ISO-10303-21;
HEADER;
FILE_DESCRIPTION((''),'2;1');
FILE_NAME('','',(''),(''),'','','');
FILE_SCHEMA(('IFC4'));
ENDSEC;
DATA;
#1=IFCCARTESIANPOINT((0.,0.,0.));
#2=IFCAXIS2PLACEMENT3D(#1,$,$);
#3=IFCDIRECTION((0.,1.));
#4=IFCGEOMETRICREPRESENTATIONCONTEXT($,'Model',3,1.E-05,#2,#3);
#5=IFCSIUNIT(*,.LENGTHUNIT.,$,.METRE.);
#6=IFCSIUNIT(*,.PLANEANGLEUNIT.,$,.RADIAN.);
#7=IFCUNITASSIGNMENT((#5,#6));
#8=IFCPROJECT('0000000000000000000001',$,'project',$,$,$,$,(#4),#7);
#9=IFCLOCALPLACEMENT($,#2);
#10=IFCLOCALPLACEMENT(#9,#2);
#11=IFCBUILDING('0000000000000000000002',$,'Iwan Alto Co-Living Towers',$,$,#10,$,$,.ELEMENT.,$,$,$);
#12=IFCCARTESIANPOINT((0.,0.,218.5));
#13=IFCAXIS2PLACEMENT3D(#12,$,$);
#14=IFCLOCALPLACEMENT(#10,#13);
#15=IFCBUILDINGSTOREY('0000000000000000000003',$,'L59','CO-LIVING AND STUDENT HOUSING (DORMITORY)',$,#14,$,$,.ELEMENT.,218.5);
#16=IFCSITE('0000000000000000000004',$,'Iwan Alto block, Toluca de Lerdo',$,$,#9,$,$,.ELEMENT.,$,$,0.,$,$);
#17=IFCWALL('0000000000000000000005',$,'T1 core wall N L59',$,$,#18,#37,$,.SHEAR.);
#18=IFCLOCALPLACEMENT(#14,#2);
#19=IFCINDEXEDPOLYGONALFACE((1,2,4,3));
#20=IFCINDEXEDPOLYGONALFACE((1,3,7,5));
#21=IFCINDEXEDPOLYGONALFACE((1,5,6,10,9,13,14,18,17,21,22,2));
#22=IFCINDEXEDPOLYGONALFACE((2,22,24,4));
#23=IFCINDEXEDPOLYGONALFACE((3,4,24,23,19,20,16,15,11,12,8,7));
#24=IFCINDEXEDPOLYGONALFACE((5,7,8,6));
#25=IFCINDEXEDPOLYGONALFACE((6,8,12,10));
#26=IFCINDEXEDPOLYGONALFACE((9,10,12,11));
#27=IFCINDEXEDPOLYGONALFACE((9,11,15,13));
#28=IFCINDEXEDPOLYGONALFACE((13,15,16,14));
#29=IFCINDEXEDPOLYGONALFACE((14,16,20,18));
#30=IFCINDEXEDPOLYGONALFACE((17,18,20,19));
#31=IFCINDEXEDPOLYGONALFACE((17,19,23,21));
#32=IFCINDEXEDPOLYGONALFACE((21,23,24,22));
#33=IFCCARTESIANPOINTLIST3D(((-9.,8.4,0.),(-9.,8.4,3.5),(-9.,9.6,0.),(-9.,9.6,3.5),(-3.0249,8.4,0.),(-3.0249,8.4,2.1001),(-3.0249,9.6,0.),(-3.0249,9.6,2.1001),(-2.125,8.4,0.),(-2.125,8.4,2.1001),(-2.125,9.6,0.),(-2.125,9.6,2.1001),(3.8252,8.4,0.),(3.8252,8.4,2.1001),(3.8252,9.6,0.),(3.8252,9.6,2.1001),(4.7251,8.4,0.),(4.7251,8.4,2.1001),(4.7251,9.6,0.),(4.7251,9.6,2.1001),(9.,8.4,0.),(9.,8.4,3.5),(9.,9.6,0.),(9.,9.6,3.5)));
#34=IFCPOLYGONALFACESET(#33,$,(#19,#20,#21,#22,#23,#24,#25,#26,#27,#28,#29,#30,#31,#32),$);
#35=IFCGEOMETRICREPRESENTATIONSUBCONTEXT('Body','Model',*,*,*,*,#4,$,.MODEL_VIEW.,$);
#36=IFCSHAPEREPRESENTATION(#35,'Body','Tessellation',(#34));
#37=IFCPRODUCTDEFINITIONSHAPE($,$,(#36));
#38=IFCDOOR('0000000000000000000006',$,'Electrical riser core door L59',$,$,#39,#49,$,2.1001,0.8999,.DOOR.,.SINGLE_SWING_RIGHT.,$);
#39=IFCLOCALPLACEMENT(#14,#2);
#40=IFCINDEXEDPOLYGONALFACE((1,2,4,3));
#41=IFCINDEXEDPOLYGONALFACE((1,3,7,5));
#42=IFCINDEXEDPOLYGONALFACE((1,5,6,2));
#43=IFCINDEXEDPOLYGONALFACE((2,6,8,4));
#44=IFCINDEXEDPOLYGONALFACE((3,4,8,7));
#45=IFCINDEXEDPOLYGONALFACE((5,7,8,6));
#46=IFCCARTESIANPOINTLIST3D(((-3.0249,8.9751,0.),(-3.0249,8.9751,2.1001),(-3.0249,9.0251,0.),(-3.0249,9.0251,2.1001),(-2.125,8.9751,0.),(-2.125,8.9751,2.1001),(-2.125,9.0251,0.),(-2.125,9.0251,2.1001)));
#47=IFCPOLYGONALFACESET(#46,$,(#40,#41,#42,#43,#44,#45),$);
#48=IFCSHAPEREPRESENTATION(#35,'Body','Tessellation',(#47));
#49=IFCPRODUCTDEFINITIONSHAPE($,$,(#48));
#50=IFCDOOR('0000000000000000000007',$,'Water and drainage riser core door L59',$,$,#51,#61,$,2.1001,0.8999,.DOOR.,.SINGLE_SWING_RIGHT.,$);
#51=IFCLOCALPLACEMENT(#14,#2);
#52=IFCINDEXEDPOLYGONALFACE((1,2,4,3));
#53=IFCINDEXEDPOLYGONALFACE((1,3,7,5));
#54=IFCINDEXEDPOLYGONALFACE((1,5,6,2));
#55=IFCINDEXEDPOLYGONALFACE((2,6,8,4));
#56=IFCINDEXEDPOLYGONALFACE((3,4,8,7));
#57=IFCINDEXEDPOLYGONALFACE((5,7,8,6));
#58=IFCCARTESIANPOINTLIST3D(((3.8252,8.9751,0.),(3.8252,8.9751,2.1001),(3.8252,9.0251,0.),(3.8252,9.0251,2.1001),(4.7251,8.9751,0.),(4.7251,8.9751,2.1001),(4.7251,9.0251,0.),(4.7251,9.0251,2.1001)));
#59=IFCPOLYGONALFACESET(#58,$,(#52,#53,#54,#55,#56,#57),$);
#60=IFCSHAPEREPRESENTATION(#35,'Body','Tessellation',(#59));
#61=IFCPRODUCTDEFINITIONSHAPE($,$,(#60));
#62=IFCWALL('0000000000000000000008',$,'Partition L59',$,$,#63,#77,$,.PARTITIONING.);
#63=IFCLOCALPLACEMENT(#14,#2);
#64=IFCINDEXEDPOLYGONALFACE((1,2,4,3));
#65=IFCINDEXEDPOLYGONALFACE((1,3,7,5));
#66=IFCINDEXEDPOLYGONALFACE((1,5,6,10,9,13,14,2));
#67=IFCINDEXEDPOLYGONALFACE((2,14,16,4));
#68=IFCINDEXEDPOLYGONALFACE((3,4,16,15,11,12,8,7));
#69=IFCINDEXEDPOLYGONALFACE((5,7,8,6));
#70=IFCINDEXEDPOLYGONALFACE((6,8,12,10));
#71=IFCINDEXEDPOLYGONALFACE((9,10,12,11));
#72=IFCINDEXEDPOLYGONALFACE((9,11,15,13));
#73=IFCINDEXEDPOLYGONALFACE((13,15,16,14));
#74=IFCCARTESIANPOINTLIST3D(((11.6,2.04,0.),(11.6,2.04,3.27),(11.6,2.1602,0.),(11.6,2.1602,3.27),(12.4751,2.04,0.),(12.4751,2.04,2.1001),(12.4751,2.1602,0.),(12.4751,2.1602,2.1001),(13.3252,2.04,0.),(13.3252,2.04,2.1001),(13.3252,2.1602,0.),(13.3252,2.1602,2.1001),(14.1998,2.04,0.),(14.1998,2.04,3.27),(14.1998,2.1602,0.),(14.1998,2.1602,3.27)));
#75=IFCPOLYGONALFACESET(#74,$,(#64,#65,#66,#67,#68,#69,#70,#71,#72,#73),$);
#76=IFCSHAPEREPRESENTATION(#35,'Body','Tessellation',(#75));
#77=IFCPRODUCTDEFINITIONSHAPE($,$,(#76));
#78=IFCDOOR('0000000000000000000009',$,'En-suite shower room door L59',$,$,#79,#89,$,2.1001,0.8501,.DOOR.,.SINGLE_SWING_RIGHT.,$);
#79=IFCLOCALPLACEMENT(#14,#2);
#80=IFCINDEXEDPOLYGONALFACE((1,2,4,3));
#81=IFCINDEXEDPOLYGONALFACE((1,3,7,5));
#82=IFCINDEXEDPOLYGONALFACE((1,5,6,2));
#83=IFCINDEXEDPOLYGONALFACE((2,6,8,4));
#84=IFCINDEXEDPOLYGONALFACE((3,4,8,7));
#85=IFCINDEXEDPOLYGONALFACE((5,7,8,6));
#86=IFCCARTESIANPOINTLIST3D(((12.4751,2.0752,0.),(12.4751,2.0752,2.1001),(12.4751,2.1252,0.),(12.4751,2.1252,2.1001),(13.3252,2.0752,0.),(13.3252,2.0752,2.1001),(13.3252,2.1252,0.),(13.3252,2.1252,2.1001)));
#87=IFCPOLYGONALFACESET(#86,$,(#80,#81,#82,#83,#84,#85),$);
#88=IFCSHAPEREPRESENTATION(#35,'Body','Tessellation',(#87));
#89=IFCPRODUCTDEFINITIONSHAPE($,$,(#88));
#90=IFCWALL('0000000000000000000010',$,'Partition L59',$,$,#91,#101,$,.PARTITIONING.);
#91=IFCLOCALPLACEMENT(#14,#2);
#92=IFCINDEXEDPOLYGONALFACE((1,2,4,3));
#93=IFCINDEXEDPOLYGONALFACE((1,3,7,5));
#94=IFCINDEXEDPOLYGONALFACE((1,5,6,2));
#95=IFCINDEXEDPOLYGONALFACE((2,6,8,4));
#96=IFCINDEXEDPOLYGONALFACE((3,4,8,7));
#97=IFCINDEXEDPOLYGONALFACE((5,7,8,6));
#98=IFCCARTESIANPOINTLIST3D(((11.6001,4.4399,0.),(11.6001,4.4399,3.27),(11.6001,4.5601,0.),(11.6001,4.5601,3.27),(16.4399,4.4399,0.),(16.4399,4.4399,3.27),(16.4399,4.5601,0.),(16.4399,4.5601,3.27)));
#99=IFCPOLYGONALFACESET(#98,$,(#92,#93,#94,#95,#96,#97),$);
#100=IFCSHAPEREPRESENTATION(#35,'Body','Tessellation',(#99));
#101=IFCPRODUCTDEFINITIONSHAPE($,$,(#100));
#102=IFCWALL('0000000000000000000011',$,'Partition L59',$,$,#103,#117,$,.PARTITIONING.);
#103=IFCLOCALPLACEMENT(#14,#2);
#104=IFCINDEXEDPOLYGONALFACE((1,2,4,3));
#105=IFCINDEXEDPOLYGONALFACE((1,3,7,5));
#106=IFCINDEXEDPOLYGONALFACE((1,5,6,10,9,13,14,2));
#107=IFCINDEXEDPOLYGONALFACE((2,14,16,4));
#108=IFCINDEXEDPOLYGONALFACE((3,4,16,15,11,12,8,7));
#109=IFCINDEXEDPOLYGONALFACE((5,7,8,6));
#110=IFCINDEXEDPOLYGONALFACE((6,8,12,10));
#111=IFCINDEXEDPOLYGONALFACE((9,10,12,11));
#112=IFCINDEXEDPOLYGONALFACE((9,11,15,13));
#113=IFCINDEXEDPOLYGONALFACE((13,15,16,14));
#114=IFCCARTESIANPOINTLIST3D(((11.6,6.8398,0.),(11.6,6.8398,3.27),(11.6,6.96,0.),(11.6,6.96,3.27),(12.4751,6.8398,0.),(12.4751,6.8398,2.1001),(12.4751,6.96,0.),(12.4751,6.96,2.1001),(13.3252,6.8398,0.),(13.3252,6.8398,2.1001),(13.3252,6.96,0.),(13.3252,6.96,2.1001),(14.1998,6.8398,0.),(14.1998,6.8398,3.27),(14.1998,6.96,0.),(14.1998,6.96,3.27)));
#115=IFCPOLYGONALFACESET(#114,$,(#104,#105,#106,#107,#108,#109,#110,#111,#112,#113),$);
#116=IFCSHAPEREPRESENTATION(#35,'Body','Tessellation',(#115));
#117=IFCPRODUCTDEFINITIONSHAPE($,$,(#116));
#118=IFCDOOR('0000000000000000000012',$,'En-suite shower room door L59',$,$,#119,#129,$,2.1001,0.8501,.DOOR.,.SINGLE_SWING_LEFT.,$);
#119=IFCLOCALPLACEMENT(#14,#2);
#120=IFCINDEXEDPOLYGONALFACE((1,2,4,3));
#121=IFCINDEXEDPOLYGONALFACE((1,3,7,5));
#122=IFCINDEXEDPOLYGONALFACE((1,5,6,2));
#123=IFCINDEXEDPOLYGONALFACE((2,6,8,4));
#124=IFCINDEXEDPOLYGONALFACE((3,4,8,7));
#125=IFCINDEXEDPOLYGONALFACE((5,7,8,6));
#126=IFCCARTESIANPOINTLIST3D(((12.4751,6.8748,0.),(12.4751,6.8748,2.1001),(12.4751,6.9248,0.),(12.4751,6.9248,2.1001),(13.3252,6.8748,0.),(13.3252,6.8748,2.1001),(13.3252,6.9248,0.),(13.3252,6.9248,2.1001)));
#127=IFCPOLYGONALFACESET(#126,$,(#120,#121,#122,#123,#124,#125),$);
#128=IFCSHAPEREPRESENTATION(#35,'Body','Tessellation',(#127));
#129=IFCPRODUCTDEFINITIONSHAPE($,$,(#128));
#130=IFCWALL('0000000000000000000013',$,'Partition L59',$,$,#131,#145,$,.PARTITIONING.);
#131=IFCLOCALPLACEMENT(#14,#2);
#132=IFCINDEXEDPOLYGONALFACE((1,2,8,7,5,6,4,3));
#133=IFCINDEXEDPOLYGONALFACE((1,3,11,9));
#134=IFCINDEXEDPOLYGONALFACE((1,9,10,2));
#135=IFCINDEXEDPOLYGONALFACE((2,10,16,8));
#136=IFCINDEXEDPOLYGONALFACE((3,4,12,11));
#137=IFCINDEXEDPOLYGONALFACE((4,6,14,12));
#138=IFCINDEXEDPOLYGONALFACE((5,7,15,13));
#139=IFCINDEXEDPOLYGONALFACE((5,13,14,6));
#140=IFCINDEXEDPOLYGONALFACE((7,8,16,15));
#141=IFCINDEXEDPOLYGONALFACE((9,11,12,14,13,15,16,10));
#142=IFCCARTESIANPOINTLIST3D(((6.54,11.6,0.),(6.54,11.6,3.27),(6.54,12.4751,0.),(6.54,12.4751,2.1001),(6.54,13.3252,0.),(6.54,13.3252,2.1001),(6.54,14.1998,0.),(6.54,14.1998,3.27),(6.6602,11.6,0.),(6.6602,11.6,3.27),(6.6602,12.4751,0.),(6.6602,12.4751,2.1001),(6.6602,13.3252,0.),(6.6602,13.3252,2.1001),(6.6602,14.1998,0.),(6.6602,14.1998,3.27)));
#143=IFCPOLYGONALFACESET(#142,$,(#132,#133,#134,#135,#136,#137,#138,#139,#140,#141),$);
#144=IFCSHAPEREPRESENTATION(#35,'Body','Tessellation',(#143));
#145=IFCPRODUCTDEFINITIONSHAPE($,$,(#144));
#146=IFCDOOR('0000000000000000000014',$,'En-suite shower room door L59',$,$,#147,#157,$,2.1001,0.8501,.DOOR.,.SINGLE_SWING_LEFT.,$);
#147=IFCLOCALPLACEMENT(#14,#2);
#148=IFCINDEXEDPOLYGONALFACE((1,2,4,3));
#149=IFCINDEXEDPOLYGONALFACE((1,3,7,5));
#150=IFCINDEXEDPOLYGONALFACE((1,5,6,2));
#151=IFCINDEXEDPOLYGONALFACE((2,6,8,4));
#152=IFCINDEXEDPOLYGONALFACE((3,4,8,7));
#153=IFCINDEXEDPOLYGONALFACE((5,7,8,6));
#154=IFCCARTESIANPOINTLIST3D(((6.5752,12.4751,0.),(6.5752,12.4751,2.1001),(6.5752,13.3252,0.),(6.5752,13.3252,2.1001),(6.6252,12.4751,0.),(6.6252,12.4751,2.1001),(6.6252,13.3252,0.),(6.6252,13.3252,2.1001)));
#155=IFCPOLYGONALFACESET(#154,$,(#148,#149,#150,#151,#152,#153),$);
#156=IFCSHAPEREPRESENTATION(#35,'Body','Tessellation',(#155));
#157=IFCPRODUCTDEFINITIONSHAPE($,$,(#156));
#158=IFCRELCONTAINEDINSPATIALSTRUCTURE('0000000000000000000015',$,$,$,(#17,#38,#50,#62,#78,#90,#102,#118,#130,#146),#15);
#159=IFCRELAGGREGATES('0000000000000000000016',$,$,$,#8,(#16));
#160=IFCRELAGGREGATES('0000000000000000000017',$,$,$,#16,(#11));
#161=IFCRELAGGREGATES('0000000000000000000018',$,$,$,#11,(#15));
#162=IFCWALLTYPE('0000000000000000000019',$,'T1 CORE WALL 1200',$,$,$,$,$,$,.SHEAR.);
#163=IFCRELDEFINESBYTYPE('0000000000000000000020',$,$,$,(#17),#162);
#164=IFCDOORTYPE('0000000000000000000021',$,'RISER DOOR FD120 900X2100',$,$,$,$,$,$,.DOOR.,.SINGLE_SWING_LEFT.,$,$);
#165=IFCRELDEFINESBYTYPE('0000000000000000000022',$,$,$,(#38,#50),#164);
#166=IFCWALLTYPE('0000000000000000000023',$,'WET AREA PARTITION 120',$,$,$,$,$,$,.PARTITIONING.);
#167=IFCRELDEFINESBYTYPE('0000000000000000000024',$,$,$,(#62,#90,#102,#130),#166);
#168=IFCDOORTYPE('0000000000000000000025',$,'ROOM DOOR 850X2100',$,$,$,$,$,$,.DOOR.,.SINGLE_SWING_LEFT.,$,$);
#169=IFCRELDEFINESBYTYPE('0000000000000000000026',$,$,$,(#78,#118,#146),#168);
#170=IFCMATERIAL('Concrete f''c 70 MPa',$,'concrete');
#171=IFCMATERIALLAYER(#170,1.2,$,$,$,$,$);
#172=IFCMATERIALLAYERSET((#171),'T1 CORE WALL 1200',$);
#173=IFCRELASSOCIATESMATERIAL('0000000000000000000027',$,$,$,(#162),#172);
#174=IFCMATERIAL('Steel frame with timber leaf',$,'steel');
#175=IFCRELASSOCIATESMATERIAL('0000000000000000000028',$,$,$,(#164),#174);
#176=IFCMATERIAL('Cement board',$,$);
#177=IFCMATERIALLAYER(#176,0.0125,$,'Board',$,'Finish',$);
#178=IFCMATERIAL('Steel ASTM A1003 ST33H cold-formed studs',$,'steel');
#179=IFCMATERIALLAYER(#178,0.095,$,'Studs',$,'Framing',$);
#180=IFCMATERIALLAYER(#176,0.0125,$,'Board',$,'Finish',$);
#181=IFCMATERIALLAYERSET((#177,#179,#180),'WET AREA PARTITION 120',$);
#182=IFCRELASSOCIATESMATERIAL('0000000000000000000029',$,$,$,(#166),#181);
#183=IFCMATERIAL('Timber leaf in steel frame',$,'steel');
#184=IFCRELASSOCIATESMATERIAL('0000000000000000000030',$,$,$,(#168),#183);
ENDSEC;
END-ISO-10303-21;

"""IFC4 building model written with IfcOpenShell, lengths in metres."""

from ifc_helpers import new_model, si_unit, direction, frame, frame_2d, origin, place, context, subcontext, project, spatial, rectangle, extrude, material, layer, layer_set, type_object, element, fill, save


model = new_model("IFC4")

# Units and contexts
model_context = context("Model", 3, precision=1e-05, world=origin(), true_north=direction((0.0, 1.0)))
body_context = subcontext(model_context, "Body", "Model", "MODEL_VIEW")
ifc_project = project(units=[si_unit("LENGTHUNIT", "METRE"), si_unit("PLANEANGLEUNIT", "RADIAN")], contexts=[model_context])

# Site, building, storey
site_placement = place(None, origin())
site = spatial("IfcSite", under=ifc_project, at=site_placement, Name="Iwan Alto block, Toluca de Lerdo", CompositionType="ELEMENT", RefElevation=0.0)
building_placement = place(site_placement, origin())
building = spatial("IfcBuilding", under=site, at=building_placement, Name="Iwan Alto Co-Living Towers", CompositionType="ELEMENT")
storey_placement = place(building_placement, frame((0.0, 0.0, 218.5)))
storey = spatial("IfcBuildingStorey", under=building, at=storey_placement, Name="L59", Description="CO-LIVING AND STUDENT HOUSING (DORMITORY)", CompositionType="ELEMENT", Elevation=218.5)

# Shared definitions
ifc_material_1 = material(Name="Steel ASTM A1003 ST33H cold-formed studs", Category="steel")

# Wall, openings, doors
ifc_material_2 = material(Name="Concrete f'c 70 MPa", Category="concrete")
ifc_layer_1 = layer(ifc_material_2, 1.2)
ifc_layer_set_1 = layer_set([ifc_layer_1], Name="T1 CORE WALL 1200")
wall_type_1 = type_object("IfcWallType", Name="T1 CORE WALL 1200", PredefinedType="SHEAR", material=ifc_layer_set_1)
wall_1_placement = place(storey_placement, frame((9.0, 9.0, 0.0), z_axis=(0.0, 0.0, 1.0), x_axis=(-1.0, 0.0, 0.0)))
wall_1 = element("IfcWall", 1, at=wall_1_placement, inside=storey, type_object=wall_type_1, Name="T1 core wall N L59", PredefinedType="SHEAR", context=body_context, shape_type="SweptSolid", body=[
    extrude(rectangle(XDim=18.0, YDim=1.2, at=frame_2d((9.0, 0.0))), origin(), (0.0, 0.0, 1.0), 3.5),
])
opening_1_placement = place(wall_1_placement, frame((11.125, 0.0, 0.0)))
opening_1 = element("IfcOpeningElement", 2, at=opening_1_placement, cuts=wall_1, PredefinedType="OPENING", context=body_context, shape_type="SweptSolid", body=[
    extrude(rectangle(XDim=0.8999, YDim=2.1001, at=frame_2d((0.45, 1.05))), frame((0.0, 0.6099, 0.0), z_axis=(0.0, -1.0, 0.0), x_axis=(1.0, 0.0, 0.0)), (0.0, 0.0, 1.0), 1.22),
])
opening_2_placement = place(wall_1_placement, frame((4.2749, 0.0, 0.0)))
opening_2 = element("IfcOpeningElement", 3, at=opening_2_placement, cuts=wall_1, PredefinedType="OPENING", context=body_context, shape_type="SweptSolid", body=[
    extrude(rectangle(XDim=0.8999, YDim=2.1001, at=frame_2d((0.45, 1.05))), frame((0.0, 0.6099, 0.0), z_axis=(0.0, -1.0, 0.0), x_axis=(1.0, 0.0, 0.0)), (0.0, 0.0, 1.0), 1.22),
])
ifc_material_3 = material(Name="Steel frame with timber leaf", Category="steel")
door_type_1 = type_object("IfcDoorType", Name="RISER DOOR FD120 900X2100", OperationType="SINGLE_SWING_LEFT", PredefinedType="DOOR", material=ifc_material_3)
door_1_placement = place(opening_1_placement, origin())
door_1 = element("IfcDoor", 4, at=door_1_placement, inside=storey, type_object=door_type_1, Name="Electrical riser core door L59", OperationType="SINGLE_SWING_RIGHT", OverallHeight=2.1001, OverallWidth=0.8999, PredefinedType="DOOR", context=body_context, shape_type="SweptSolid", body=[
    extrude(rectangle(XDim=0.8999, YDim=2.1001, at=frame_2d((0.45, 1.05))), frame((0.0, 0.0249, 0.0), z_axis=(0.0, -1.0, 0.0), x_axis=(1.0, 0.0, 0.0)), (0.0, 0.0, 1.0), 0.05),
])
fill(opening_1, door_1)
door_2_placement = place(opening_2_placement, origin())
door_2 = element("IfcDoor", 5, at=door_2_placement, inside=storey, type_object=door_type_1, Name="Water and drainage riser core door L59", OperationType="SINGLE_SWING_RIGHT", OverallHeight=2.1001, OverallWidth=0.8999, PredefinedType="DOOR", context=body_context, shape_type="SweptSolid", body=[
    extrude(rectangle(XDim=0.8999, YDim=2.1001, at=frame_2d((0.45, 1.05))), frame((0.0, 0.0249, 0.0), z_axis=(0.0, -1.0, 0.0), x_axis=(1.0, 0.0, 0.0)), (0.0, 0.0, 1.0), 0.05),
])
fill(opening_2, door_2)

# Wall, opening, door
ifc_material_4 = material(Name="Cement board")
ifc_layer_2 = layer(ifc_material_4, 0.0125, Name="Board", Category="Finish")
ifc_layer_3 = layer(ifc_material_1, 0.095, Name="Studs", Category="Framing")
ifc_layer_4 = layer(ifc_material_4, 0.0125, Name="Board", Category="Finish")
ifc_layer_set_2 = layer_set([ifc_layer_2, ifc_layer_3, ifc_layer_4], Name="WET AREA PARTITION 120")
wall_type_2 = type_object("IfcWallType", Name="WET AREA PARTITION 120", PredefinedType="PARTITIONING", material=ifc_layer_set_2)
wall_2_placement = place(storey_placement, frame((11.6001, 2.1001, 0.0), z_axis=(0.0, 0.0, 1.0), x_axis=(1.0, 0.0, 0.0)))
wall_2 = element("IfcWall", 6, at=wall_2_placement, inside=storey, type_object=wall_type_2, Name="Partition L59", PredefinedType="PARTITIONING", context=body_context, shape_type="SweptSolid", body=[
    extrude(rectangle(XDim=2.5999, YDim=0.1201, at=frame_2d((1.2998, 0.0))), origin(), (0.0, 0.0, 1.0), 3.27),
])
opening_3_placement = place(wall_2_placement, frame((0.875, 0.0, 0.0)))
opening_3 = element("IfcOpeningElement", 7, at=opening_3_placement, cuts=wall_2, PredefinedType="OPENING", context=body_context, shape_type="SweptSolid", body=[
    extrude(rectangle(XDim=0.8501, YDim=2.1001, at=frame_2d((0.425, 1.05))), frame((0.0, 0.0701, 0.0), z_axis=(0.0, -1.0, 0.0), x_axis=(1.0, 0.0, 0.0)), (0.0, 0.0, 1.0), 0.1401),
])
ifc_material_5 = material(Name="Timber leaf in steel frame", Category="steel")
door_type_2 = type_object("IfcDoorType", Name="ROOM DOOR 850X2100", OperationType="SINGLE_SWING_LEFT", PredefinedType="DOOR", material=ifc_material_5)
door_3_placement = place(opening_3_placement, frame((0.8501, 0.0, 0.0), z_axis=(0.0, 0.0, 1.0), x_axis=(-1.0, 0.0, 0.0)))
door_3 = element("IfcDoor", 8, at=door_3_placement, inside=storey, type_object=door_type_2, Name="En-suite shower room door L59", OperationType="SINGLE_SWING_RIGHT", OverallHeight=2.1001, OverallWidth=0.8501, PredefinedType="DOOR", context=body_context, shape_type="SweptSolid", body=[
    extrude(rectangle(XDim=0.8501, YDim=2.1001, at=frame_2d((0.425, 1.05))), frame((0.0, 0.0249, 0.0), z_axis=(0.0, -1.0, 0.0), x_axis=(1.0, 0.0, 0.0)), (0.0, 0.0, 1.0), 0.05),
])
fill(opening_3, door_3)

# Wall
wall_3_placement = place(storey_placement, frame((11.6001, 4.5, 0.0), z_axis=(0.0, 0.0, 1.0), x_axis=(1.0, 0.0, 0.0)))
element("IfcWall", 9, at=wall_3_placement, inside=storey, type_object=wall_type_2, Name="Partition L59", PredefinedType="PARTITIONING", context=body_context, shape_type="SweptSolid", body=[
    extrude(rectangle(XDim=4.8398, YDim=0.1201, at=frame_2d((2.4199, 0.0))), origin(), (0.0, 0.0, 1.0), 3.27),
])

# Walls, openings, doors
wall_4_placement = place(storey_placement, frame((11.6001, 6.8999, 0.0), z_axis=(0.0, 0.0, 1.0), x_axis=(1.0, 0.0, 0.0)))
wall_4 = element("IfcWall", 10, at=wall_4_placement, inside=storey, type_object=wall_type_2, Name="Partition L59", PredefinedType="PARTITIONING", context=body_context, shape_type="SweptSolid", body=[
    extrude(rectangle(XDim=2.5999, YDim=0.1201, at=frame_2d((1.2998, 0.0))), origin(), (0.0, 0.0, 1.0), 3.27),
])
opening_4_placement = place(wall_4_placement, frame((0.875, 0.0, 0.0)))
opening_4 = element("IfcOpeningElement", 11, at=opening_4_placement, cuts=wall_4, PredefinedType="OPENING", context=body_context, shape_type="SweptSolid", body=[
    extrude(rectangle(XDim=0.8501, YDim=2.1001, at=frame_2d((0.425, 1.05))), frame((0.0, 0.0701, 0.0), z_axis=(0.0, -1.0, 0.0), x_axis=(1.0, 0.0, 0.0)), (0.0, 0.0, 1.0), 0.1401),
])
door_4_placement = place(opening_4_placement, origin())
door_4 = element("IfcDoor", 12, at=door_4_placement, inside=storey, type_object=door_type_2, Name="En-suite shower room door L59", OperationType="SINGLE_SWING_LEFT", OverallHeight=2.1001, OverallWidth=0.8501, PredefinedType="DOOR", context=body_context, shape_type="SweptSolid", body=[
    extrude(rectangle(XDim=0.8501, YDim=2.1001, at=frame_2d((0.425, 1.05))), frame((0.0, 0.0249, 0.0), z_axis=(0.0, -1.0, 0.0), x_axis=(1.0, 0.0, 0.0)), (0.0, 0.0, 1.0), 0.05),
])
fill(opening_4, door_4)
wall_5_placement = place(storey_placement, frame((6.6001, 11.6001, 0.0), z_axis=(0.0, 0.0, 1.0), x_axis=(0.0, 1.0, 0.0)))
wall_5 = element("IfcWall", 13, at=wall_5_placement, inside=storey, type_object=wall_type_2, Name="Partition L59", PredefinedType="PARTITIONING", context=body_context, shape_type="SweptSolid", body=[
    extrude(rectangle(XDim=2.5999, YDim=0.1201, at=frame_2d((1.2998, 0.0))), origin(), (0.0, 0.0, 1.0), 3.27),
])
opening_5_placement = place(wall_5_placement, frame((0.875, 0.0, 0.0)))
opening_5 = element("IfcOpeningElement", 14, at=opening_5_placement, cuts=wall_5, PredefinedType="OPENING", context=body_context, shape_type="SweptSolid", body=[
    extrude(rectangle(XDim=0.8501, YDim=2.1001, at=frame_2d((0.425, 1.05))), frame((0.0, 0.0701, 0.0), z_axis=(0.0, -1.0, 0.0), x_axis=(1.0, 0.0, 0.0)), (0.0, 0.0, 1.0), 0.1401),
])
door_5_placement = place(opening_5_placement, origin())
door_5 = element("IfcDoor", 15, at=door_5_placement, inside=storey, type_object=door_type_2, Name="En-suite shower room door L59", OperationType="SINGLE_SWING_LEFT", OverallHeight=2.1001, OverallWidth=0.8501, PredefinedType="DOOR", context=body_context, shape_type="SweptSolid", body=[
    extrude(rectangle(XDim=0.8501, YDim=2.1001, at=frame_2d((0.425, 1.05))), frame((0.0, 0.0249, 0.0), z_axis=(0.0, -1.0, 0.0), x_axis=(1.0, 0.0, 0.0)), (0.0, 0.0, 1.0), 0.05),
])
fill(opening_5, door_5)

save(model, "model.ifc")
